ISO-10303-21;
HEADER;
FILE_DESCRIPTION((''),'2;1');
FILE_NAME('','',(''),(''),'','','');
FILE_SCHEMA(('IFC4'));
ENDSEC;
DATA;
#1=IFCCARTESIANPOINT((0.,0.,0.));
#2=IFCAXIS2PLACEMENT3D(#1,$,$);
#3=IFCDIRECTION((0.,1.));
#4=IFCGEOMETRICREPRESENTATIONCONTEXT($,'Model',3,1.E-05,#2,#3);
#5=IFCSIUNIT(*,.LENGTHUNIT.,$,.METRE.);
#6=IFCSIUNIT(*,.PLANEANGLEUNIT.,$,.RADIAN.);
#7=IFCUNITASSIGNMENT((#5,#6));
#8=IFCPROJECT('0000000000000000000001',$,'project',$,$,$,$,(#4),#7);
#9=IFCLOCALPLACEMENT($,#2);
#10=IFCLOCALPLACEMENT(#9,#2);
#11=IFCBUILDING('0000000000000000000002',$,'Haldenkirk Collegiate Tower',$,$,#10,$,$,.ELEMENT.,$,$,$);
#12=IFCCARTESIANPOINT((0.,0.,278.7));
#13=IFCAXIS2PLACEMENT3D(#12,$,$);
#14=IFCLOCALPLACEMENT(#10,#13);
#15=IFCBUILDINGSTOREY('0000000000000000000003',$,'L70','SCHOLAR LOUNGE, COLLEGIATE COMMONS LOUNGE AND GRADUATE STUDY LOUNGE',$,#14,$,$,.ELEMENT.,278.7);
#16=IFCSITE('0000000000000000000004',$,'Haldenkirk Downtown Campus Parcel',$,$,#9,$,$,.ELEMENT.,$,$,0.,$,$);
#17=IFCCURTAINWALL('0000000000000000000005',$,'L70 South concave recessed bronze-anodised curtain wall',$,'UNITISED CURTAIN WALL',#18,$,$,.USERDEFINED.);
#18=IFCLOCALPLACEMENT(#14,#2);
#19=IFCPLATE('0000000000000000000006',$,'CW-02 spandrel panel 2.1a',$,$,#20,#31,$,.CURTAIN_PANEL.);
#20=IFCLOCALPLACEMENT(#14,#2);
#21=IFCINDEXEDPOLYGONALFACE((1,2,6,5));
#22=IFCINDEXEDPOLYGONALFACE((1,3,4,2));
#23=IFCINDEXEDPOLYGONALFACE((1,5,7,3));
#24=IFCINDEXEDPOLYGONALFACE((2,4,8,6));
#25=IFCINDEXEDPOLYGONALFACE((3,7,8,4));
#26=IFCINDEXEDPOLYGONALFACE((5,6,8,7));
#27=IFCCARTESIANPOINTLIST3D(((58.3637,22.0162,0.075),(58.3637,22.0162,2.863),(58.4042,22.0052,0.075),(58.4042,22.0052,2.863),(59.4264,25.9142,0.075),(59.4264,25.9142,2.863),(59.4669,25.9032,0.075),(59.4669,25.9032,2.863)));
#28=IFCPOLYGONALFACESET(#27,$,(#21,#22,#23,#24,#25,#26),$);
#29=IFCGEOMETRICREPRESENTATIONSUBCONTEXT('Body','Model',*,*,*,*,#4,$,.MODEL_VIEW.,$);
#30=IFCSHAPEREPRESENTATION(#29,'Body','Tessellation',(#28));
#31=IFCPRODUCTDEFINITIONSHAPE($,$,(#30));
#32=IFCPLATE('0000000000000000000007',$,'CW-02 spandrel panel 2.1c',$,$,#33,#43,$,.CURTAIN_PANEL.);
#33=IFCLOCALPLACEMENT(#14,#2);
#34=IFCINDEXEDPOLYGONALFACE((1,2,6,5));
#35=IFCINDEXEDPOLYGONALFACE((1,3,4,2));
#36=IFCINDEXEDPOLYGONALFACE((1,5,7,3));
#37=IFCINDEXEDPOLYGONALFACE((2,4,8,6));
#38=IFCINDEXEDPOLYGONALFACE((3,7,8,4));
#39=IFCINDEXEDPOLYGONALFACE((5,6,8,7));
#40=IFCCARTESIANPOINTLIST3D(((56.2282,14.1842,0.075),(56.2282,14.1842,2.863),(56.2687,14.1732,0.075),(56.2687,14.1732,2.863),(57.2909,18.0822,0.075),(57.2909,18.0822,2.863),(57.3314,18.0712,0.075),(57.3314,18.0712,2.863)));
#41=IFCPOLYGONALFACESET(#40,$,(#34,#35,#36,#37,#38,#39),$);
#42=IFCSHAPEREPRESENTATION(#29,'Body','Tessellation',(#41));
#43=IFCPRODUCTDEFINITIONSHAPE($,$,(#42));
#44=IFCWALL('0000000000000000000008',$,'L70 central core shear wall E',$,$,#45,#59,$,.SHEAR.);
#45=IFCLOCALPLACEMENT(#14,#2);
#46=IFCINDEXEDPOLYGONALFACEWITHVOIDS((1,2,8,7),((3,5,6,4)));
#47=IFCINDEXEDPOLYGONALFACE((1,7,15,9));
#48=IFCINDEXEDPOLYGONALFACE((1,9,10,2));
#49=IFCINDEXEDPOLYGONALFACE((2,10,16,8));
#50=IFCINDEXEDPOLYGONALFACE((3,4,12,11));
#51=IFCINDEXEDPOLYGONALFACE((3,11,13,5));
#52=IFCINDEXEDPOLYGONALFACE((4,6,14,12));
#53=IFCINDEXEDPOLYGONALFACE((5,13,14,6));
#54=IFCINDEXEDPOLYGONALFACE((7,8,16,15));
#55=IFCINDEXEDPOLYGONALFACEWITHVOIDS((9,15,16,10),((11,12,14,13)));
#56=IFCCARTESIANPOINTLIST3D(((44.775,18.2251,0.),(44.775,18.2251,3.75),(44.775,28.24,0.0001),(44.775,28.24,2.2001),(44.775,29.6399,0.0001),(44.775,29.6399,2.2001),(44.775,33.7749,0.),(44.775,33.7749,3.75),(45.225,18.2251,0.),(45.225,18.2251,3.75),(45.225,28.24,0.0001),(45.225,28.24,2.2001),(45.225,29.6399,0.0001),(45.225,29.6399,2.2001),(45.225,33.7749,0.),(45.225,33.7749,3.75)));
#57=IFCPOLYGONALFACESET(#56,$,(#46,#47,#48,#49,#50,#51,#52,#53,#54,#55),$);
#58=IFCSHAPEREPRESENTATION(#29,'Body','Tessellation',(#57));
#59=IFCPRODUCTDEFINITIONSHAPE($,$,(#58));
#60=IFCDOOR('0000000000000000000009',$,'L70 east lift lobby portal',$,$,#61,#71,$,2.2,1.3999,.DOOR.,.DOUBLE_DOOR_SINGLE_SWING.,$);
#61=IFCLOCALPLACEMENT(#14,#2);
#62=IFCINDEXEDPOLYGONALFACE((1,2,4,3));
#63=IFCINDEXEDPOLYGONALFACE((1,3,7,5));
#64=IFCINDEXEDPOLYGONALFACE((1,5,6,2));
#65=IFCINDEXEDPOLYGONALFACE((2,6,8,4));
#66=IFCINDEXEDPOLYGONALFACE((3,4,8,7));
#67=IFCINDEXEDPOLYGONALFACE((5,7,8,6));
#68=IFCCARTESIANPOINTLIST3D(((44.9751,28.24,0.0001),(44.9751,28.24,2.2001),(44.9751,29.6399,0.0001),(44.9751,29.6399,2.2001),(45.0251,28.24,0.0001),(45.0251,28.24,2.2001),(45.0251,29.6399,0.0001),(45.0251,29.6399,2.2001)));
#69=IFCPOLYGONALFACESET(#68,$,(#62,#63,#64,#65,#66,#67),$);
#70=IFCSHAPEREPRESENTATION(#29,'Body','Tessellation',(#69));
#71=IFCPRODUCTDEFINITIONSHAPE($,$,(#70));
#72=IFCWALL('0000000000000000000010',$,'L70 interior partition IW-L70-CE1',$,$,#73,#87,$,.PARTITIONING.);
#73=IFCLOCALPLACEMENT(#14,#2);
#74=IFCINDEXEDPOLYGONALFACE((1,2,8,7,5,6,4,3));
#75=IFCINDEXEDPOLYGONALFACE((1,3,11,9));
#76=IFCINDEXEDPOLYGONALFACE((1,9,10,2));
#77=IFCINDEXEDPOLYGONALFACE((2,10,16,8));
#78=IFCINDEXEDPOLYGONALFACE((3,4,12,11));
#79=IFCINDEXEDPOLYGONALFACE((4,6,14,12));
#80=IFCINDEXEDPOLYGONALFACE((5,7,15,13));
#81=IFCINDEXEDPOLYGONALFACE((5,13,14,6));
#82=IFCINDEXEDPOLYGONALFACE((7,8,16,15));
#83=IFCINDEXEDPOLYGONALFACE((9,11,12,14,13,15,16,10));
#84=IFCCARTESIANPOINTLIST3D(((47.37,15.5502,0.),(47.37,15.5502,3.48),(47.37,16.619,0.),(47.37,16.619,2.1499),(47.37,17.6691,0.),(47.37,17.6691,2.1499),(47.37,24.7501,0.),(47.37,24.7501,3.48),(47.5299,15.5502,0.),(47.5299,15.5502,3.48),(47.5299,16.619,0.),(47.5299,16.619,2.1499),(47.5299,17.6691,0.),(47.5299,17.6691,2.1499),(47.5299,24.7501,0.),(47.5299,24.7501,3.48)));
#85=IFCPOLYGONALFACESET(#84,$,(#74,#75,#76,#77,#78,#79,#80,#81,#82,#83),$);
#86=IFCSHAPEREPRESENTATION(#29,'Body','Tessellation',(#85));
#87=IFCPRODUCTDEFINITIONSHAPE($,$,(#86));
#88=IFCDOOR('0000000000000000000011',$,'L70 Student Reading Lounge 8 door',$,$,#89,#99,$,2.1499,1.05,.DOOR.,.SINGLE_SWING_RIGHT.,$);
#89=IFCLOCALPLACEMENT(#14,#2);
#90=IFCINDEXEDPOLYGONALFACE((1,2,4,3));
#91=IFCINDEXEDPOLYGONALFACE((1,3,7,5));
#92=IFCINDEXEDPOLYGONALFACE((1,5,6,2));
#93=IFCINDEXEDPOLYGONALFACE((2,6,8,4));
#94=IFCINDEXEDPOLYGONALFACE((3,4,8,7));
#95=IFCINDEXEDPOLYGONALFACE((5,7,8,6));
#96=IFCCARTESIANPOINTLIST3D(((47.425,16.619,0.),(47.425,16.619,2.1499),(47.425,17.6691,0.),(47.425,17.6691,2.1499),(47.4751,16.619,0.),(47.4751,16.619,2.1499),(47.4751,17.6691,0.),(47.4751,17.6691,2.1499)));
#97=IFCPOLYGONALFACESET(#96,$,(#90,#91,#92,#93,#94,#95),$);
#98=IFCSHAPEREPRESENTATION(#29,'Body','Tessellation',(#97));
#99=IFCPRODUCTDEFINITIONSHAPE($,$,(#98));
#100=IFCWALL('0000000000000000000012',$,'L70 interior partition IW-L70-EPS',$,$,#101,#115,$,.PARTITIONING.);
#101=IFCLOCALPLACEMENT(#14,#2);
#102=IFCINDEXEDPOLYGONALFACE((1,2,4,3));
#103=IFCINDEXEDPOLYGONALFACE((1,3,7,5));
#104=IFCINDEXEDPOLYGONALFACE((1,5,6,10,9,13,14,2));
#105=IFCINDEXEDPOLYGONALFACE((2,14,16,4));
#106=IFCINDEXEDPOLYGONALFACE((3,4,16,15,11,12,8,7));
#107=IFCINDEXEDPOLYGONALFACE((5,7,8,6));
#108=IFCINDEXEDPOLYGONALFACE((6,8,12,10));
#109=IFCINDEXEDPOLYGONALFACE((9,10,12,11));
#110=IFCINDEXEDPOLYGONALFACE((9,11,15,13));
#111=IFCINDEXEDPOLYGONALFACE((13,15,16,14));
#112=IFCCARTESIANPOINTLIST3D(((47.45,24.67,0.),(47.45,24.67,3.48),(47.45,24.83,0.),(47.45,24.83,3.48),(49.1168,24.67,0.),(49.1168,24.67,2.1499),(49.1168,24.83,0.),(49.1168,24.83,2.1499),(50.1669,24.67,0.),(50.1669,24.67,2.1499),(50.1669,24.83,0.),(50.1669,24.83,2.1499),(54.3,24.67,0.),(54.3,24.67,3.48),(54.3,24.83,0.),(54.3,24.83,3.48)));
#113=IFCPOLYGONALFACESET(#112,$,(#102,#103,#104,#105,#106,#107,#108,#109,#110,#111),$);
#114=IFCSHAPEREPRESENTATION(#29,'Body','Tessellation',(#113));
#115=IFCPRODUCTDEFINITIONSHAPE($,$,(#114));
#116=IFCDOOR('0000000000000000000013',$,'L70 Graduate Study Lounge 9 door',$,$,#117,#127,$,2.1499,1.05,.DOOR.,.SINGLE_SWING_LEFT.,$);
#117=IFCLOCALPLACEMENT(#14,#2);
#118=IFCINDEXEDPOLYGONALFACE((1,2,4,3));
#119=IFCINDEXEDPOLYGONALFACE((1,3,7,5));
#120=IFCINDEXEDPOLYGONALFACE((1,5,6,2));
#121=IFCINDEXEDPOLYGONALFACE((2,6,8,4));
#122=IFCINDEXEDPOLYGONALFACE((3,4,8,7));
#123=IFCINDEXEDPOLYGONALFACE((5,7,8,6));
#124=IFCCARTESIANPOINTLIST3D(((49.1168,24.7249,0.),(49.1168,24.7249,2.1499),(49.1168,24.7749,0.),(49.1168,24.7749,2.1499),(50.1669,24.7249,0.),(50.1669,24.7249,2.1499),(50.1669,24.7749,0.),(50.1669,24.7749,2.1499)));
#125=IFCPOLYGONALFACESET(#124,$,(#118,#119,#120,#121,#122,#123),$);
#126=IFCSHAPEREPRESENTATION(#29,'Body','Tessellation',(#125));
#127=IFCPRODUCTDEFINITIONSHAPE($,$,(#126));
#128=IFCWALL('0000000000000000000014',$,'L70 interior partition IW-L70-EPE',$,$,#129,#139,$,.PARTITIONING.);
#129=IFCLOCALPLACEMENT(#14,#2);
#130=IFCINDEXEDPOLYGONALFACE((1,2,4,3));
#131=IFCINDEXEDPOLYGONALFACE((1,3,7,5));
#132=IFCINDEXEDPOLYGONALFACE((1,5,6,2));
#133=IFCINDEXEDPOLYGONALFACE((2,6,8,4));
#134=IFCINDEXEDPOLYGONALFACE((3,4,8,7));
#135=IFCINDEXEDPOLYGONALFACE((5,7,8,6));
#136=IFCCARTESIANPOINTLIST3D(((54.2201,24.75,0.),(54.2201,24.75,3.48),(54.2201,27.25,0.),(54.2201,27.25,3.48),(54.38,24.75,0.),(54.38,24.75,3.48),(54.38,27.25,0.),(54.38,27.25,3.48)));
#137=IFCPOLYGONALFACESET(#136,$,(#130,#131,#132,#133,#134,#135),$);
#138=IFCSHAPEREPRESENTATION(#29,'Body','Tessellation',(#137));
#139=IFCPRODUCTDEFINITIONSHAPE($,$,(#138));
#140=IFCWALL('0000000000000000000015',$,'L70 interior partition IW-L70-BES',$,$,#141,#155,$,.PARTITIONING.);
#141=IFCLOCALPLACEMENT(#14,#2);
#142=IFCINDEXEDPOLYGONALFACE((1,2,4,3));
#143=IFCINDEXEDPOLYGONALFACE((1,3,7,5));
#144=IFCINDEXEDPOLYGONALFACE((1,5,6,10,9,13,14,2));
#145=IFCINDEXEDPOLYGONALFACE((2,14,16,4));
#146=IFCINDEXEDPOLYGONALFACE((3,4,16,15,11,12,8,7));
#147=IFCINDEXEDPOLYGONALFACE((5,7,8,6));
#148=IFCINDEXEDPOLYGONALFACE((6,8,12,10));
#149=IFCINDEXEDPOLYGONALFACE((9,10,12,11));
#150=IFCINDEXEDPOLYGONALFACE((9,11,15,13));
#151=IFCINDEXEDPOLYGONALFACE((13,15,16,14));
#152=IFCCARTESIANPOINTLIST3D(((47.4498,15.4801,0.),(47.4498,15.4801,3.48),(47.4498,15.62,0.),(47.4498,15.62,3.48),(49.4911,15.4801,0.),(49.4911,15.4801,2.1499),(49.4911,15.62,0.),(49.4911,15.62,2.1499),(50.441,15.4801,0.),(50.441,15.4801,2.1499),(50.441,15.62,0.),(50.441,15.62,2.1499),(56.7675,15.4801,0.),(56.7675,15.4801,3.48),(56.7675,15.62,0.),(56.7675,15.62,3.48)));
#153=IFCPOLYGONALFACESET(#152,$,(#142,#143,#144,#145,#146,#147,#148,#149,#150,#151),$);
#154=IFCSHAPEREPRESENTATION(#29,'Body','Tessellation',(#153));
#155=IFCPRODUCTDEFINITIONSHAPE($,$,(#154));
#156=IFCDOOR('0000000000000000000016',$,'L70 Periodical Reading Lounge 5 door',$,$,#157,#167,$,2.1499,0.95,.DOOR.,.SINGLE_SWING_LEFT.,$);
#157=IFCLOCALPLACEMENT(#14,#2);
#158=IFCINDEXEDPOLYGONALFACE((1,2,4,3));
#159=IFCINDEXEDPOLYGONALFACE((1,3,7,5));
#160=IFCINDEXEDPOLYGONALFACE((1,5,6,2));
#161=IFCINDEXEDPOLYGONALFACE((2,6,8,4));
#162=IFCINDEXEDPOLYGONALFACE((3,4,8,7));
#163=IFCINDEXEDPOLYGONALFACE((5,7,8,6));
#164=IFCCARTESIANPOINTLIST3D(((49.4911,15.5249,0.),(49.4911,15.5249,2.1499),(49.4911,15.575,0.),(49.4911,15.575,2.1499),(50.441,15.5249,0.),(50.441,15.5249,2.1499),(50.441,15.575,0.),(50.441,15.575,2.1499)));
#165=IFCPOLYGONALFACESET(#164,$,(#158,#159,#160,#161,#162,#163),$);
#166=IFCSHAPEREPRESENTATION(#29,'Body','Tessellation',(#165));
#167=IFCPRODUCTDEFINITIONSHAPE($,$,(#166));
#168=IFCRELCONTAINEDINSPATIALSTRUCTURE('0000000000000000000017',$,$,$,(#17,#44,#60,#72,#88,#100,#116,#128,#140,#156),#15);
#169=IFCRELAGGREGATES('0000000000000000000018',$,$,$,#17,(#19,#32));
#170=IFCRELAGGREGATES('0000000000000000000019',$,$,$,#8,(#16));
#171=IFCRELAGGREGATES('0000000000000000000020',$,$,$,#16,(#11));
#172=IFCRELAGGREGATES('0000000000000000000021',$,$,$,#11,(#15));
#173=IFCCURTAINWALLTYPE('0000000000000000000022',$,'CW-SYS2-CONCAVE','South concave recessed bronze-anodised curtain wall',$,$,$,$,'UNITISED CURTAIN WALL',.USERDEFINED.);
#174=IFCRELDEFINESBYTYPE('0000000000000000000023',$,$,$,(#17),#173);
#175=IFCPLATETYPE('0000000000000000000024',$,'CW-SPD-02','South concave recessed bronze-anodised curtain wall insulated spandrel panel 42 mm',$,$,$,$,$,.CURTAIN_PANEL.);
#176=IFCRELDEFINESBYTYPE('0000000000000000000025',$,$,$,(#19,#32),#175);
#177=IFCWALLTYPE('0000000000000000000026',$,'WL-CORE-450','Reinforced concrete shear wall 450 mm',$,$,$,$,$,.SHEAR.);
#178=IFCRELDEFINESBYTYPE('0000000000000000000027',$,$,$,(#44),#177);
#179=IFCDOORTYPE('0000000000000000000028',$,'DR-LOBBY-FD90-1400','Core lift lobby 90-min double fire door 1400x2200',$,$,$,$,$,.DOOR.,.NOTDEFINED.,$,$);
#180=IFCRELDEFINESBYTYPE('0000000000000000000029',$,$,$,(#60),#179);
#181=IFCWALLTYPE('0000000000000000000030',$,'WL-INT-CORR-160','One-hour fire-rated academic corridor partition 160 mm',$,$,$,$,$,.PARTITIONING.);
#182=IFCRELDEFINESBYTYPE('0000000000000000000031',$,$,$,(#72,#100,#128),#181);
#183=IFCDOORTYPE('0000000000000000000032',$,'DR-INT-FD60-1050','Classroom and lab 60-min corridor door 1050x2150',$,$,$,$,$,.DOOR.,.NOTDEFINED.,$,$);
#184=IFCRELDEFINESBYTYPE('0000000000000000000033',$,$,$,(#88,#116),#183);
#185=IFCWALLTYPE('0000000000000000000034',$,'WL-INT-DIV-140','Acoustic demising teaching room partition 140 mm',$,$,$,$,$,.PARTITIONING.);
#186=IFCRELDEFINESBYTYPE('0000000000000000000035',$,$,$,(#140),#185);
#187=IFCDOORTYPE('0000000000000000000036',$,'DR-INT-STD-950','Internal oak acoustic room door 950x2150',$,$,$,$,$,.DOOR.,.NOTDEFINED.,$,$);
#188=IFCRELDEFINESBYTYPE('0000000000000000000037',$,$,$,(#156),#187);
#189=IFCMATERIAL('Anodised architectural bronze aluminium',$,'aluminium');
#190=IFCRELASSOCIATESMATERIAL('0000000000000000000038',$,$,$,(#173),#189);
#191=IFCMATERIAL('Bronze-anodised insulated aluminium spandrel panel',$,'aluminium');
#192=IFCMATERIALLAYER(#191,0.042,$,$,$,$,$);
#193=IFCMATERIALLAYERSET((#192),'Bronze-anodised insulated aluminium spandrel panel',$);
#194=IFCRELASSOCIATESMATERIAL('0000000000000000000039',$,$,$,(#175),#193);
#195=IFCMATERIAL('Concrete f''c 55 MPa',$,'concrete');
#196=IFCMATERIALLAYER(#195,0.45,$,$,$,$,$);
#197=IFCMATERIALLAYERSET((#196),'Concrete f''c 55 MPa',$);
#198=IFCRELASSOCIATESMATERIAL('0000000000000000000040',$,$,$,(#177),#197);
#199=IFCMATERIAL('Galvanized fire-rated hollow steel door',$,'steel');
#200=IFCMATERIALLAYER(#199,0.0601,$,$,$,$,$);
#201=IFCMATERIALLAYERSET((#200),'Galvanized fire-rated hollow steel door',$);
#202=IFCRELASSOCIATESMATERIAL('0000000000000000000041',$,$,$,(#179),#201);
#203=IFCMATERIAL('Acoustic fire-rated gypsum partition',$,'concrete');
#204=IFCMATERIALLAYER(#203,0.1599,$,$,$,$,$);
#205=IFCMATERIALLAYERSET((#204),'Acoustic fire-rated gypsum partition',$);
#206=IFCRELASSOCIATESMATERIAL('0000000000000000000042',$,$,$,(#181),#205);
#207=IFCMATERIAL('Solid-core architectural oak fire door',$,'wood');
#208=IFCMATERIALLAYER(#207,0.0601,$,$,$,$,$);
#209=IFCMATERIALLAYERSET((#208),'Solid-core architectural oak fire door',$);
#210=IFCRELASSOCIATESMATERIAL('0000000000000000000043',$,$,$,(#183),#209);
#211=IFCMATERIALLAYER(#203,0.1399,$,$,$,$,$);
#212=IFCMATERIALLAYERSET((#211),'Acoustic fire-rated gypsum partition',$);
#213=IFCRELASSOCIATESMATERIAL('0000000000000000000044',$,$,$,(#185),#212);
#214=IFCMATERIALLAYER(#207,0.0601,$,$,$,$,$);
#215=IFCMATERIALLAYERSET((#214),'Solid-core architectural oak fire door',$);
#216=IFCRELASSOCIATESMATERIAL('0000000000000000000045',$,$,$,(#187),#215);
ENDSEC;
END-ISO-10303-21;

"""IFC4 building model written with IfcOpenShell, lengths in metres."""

from ifc_helpers import new_model, si_unit, direction, frame, frame_2d, origin, origin_2d, place, context, subcontext, project, spatial, rectangle, extrude, source, transform, mapped, material, layer, layer_set, type_object, element, fill, aggregate, save


model = new_model("IFC4")

# Units and contexts
model_context = context("Model", 3, precision=1e-05, world=origin(), true_north=direction((0.0, 1.0)))
body_context = subcontext(model_context, "Body", "Model", "MODEL_VIEW")
ifc_project = project(units=[si_unit("LENGTHUNIT", "METRE"), si_unit("PLANEANGLEUNIT", "RADIAN")], contexts=[model_context])

# Site, building, storey
site_placement = place(None, origin())
site = spatial("IfcSite", under=ifc_project, at=site_placement, Name="Haldenkirk Downtown Campus Parcel", CompositionType="ELEMENT", RefElevation=0.0)
building_placement = place(site_placement, origin())
building = spatial("IfcBuilding", under=site, at=building_placement, Name="Haldenkirk Collegiate Tower", CompositionType="ELEMENT")
storey_placement = place(building_placement, frame((0.0, 0.0, 278.7)))
storey = spatial("IfcBuildingStorey", under=building, at=storey_placement, Name="L70", Description="SCHOLAR LOUNGE, COLLEGIATE COMMONS LOUNGE AND GRADUATE STUDY LOUNGE", CompositionType="ELEMENT", Elevation=278.7)

# Curtain wall
ifc_material_1 = material(Name="Anodised architectural bronze aluminium", Category="aluminium")
curtain_wall_type = type_object("IfcCurtainWallType", Name="CW-SYS2-CONCAVE", Description="South concave recessed bronze-anodised curtain wall", ElementType="UNITISED CURTAIN WALL", PredefinedType="USERDEFINED", material=ifc_material_1)
curtain_wall_placement = place(storey_placement, origin())
curtain_wall = element("IfcCurtainWall", 1, at=curtain_wall_placement, inside=storey, type_object=curtain_wall_type, Name="L70 South concave recessed bronze-anodised curtain wall", ObjectType="UNITISED CURTAIN WALL", PredefinedType="USERDEFINED")

# Plates
ifc_material_2 = material(Name="Bronze-anodised insulated aluminium spandrel panel", Category="aluminium")
ifc_layer_1 = layer(ifc_material_2, 0.042)
ifc_layer_set_1 = layer_set([ifc_layer_1], Name="Bronze-anodised insulated aluminium spandrel panel")
plate_type = type_object("IfcPlateType", Name="CW-SPD-02", Description="South concave recessed bronze-anodised curtain wall insulated spandrel panel 42 mm", PredefinedType="CURTAIN_PANEL", material=ifc_layer_set_1)
shared_shape_1 = source(origin(), body_context, "Body", "SweptSolid", [
    extrude(rectangle(XDim=4.0403, YDim=0.042, at=origin_2d()), origin(), (0.0, 0.0, 1.0), 2.7881),
])
plate_1_placement = place(storey_placement, frame((58.9153, 23.9597, 0.075), z_axis=(0.0, 0.0, 1.0), x_axis=(-0.263033, -0.964787, 0.0)))
plate_1 = element("IfcPlate", 2, at=plate_1_placement, type_object=plate_type, Name="CW-02 spandrel panel 2.1a", PredefinedType="CURTAIN_PANEL", context=body_context, shape_type="MappedRepresentation", body=[
    mapped(shared_shape_1, transform((0.0, 0.0, 0.0), x_axis=(1.0, 0.0, 0.0), y_axis=(0.0, 1.0, 0.0), z_axis=(0.0, 0.0, 1.0), scale=1.0)),
])
plate_2_placement = place(storey_placement, frame((56.7798, 16.1277, 0.075), z_axis=(0.0, 0.0, 1.0), x_axis=(-0.263033, -0.964787, 0.0)))
plate_2 = element("IfcPlate", 3, at=plate_2_placement, type_object=plate_type, Name="CW-02 spandrel panel 2.1c", PredefinedType="CURTAIN_PANEL", context=body_context, shape_type="MappedRepresentation", body=[
    mapped(shared_shape_1, transform((0.0, 0.0, 0.0), x_axis=(1.0, 0.0, 0.0), y_axis=(0.0, 1.0, 0.0), z_axis=(0.0, 0.0, 1.0), scale=1.0)),
])
aggregate(curtain_wall, [plate_1, plate_2])

# Walls, openings, doors
ifc_material_3 = material(Name="Concrete f'c 55 MPa", Category="concrete")
ifc_layer_2 = layer(ifc_material_3, 0.45)
ifc_layer_set_2 = layer_set([ifc_layer_2], Name="Concrete f'c 55 MPa")
wall_type_1 = type_object("IfcWallType", Name="WL-CORE-450", Description="Reinforced concrete shear wall 450 mm", PredefinedType="SHEAR", material=ifc_layer_set_2)
wall_1_placement = place(storey_placement, frame((45.0, 18.2251, 0.0), z_axis=(0.0, 0.0, 1.0), x_axis=(0.0, 1.0, 0.0)))
wall_1 = element("IfcWall", 4, at=wall_1_placement, inside=storey, type_object=wall_type_1, Name="L70 central core shear wall E", PredefinedType="SHEAR", context=body_context, shape_type="SweptSolid", body=[
    extrude(rectangle(XDim=15.5498, YDim=0.45, at=frame_2d((7.7749, 0.0))), origin(), (0.0, 0.0, 1.0), 3.75),
])
opening_1_placement = place(wall_1_placement, frame((10.0149, 0.0, 0.0)))
opening_1 = element("IfcOpeningElement", 5, at=opening_1_placement, cuts=wall_1, PredefinedType="OPENING", context=body_context, shape_type="SweptSolid", body=[
    extrude(rectangle(XDim=1.3999, YDim=2.2, at=frame_2d((0.7, 1.1001))), frame((0.0, 0.2349, 0.0), z_axis=(0.0, -1.0, 0.0), x_axis=(1.0, 0.0, 0.0)), (0.0, 0.0, 1.0), 0.47),
])
ifc_material_4 = material(Name="Galvanized fire-rated hollow steel door", Category="steel")
ifc_layer_3 = layer(ifc_material_4, 0.0601)
ifc_layer_set_3 = layer_set([ifc_layer_3], Name="Galvanized fire-rated hollow steel door")
door_type_1 = type_object("IfcDoorType", Name="DR-LOBBY-FD90-1400", Description="Core lift lobby 90-min double fire door 1400x2200", OperationType="NOTDEFINED", PredefinedType="DOOR", material=ifc_layer_set_3)
door_1_placement = place(opening_1_placement, origin())
door_1 = element("IfcDoor", 6, at=door_1_placement, inside=storey, type_object=door_type_1, Name="L70 east lift lobby portal", OperationType="DOUBLE_DOOR_SINGLE_SWING", OverallHeight=2.2, OverallWidth=1.3999, PredefinedType="DOOR", context=body_context, shape_type="SweptSolid", body=[
    extrude(rectangle(XDim=1.3999, YDim=2.2, at=frame_2d((0.7, 1.1001))), frame((0.0, 0.0249, 0.0), z_axis=(0.0, -1.0, 0.0), x_axis=(1.0, 0.0, 0.0)), (0.0, 0.0, 1.0), 0.05),
])
fill(opening_1, door_1)
ifc_material_5 = material(Name="Acoustic fire-rated gypsum partition", Category="concrete")
ifc_layer_4 = layer(ifc_material_5, 0.1599)
ifc_layer_set_4 = layer_set([ifc_layer_4], Name="Acoustic fire-rated gypsum partition")
wall_type_2 = type_object("IfcWallType", Name="WL-INT-CORR-160", Description="One-hour fire-rated academic corridor partition 160 mm", PredefinedType="PARTITIONING", material=ifc_layer_set_4)
wall_2_placement = place(storey_placement, frame((47.45, 15.55, 0.0), z_axis=(0.0, 0.0, 1.0), x_axis=(0.0, 1.0, 0.0)))
wall_2 = element("IfcWall", 7, at=wall_2_placement, inside=storey, type_object=wall_type_2, Name="L70 interior partition IW-L70-CE1", PredefinedType="PARTITIONING", context=body_context, shape_type="SweptSolid", body=[
    extrude(rectangle(XDim=9.2, YDim=0.1599, at=frame_2d((4.6001, 0.0))), origin(), (0.0, 0.0, 1.0), 3.48),
])
opening_2_placement = place(wall_2_placement, frame((1.0691, 0.0, 0.0)))
opening_2 = element("IfcOpeningElement", 8, at=opening_2_placement, cuts=wall_2, PredefinedType="OPENING", context=body_context, shape_type="SweptSolid", body=[
    extrude(rectangle(XDim=1.05, YDim=2.1499, at=frame_2d((0.5249, 1.075))), frame((0.0, 0.0898, 0.0), z_axis=(0.0, -1.0, 0.0), x_axis=(1.0, 0.0, 0.0)), (0.0, 0.0, 1.0), 0.1799),
])
ifc_material_6 = material(Name="Solid-core architectural oak fire door", Category="wood")
ifc_layer_5 = layer(ifc_material_6, 0.0601)
ifc_layer_set_5 = layer_set([ifc_layer_5], Name="Solid-core architectural oak fire door")
door_type_2 = type_object("IfcDoorType", Name="DR-INT-FD60-1050", Description="Classroom and lab 60-min corridor door 1050x2150", OperationType="NOTDEFINED", PredefinedType="DOOR", material=ifc_layer_set_5)
door_2_placement = place(opening_2_placement, origin())
door_2 = element("IfcDoor", 9, at=door_2_placement, inside=storey, type_object=door_type_2, Name="L70 Student Reading Lounge 8 door", OperationType="SINGLE_SWING_RIGHT", OverallHeight=2.1499, OverallWidth=1.05, PredefinedType="DOOR", context=body_context, shape_type="SweptSolid", body=[
    extrude(rectangle(XDim=1.05, YDim=2.1499, at=frame_2d((0.5249, 1.075))), frame((0.0, 0.0249, 0.0), z_axis=(0.0, -1.0, 0.0), x_axis=(1.0, 0.0, 0.0)), (0.0, 0.0, 1.0), 0.05),
])
fill(opening_2, door_2)
wall_3_placement = place(storey_placement, frame((47.45, 24.75, 0.0), z_axis=(0.0, 0.0, 1.0), x_axis=(1.0, 0.0, 0.0)))
wall_3 = element("IfcWall", 10, at=wall_3_placement, inside=storey, type_object=wall_type_2, Name="L70 interior partition IW-L70-EPS", PredefinedType="PARTITIONING", context=body_context, shape_type="SweptSolid", body=[
    extrude(rectangle(XDim=6.8501, YDim=0.1599, at=frame_2d((3.425, 0.0))), origin(), (0.0, 0.0, 1.0), 3.48),
])
opening_3_placement = place(wall_3_placement, frame((1.667, 0.0, 0.0)))
opening_3 = element("IfcOpeningElement", 11, at=opening_3_placement, cuts=wall_3, PredefinedType="OPENING", context=body_context, shape_type="SweptSolid", body=[
    extrude(rectangle(XDim=1.05, YDim=2.1499, at=frame_2d((0.5249, 1.075))), frame((0.0, 0.0898, 0.0), z_axis=(0.0, -1.0, 0.0), x_axis=(1.0, 0.0, 0.0)), (0.0, 0.0, 1.0), 0.1799),
])
door_3_placement = place(opening_3_placement, origin())
door_3 = element("IfcDoor", 12, at=door_3_placement, inside=storey, type_object=door_type_2, Name="L70 Graduate Study Lounge 9 door", OperationType="SINGLE_SWING_LEFT", OverallHeight=2.1499, OverallWidth=1.05, PredefinedType="DOOR", context=body_context, shape_type="SweptSolid", body=[
    extrude(rectangle(XDim=1.05, YDim=2.1499, at=frame_2d((0.5249, 1.075))), frame((0.0, 0.0249, 0.0), z_axis=(0.0, -1.0, 0.0), x_axis=(1.0, 0.0, 0.0)), (0.0, 0.0, 1.0), 0.05),
])
fill(opening_3, door_3)

# Wall
wall_4_placement = place(storey_placement, frame((54.3, 24.75, 0.0), z_axis=(0.0, 0.0, 1.0), x_axis=(0.0, 1.0, 0.0)))
element("IfcWall", 13, at=wall_4_placement, inside=storey, type_object=wall_type_2, Name="L70 interior partition IW-L70-EPE", PredefinedType="PARTITIONING", context=body_context, shape_type="SweptSolid", body=[
    extrude(rectangle(XDim=2.5, YDim=0.1599, at=frame_2d((1.25, 0.0))), origin(), (0.0, 0.0, 1.0), 3.48),
])

# Wall, opening, door
ifc_layer_6 = layer(ifc_material_5, 0.1399)
ifc_layer_set_6 = layer_set([ifc_layer_6], Name="Acoustic fire-rated gypsum partition")
wall_type_3 = type_object("IfcWallType", Name="WL-INT-DIV-140", Description="Acoustic demising teaching room partition 140 mm", PredefinedType="PARTITIONING", material=ifc_layer_set_6)
wall_5_placement = place(storey_placement, frame((47.45, 15.55, 0.0), z_axis=(0.0, 0.0, 1.0), x_axis=(1.0, 0.0, 0.0)))
wall_5 = element("IfcWall", 14, at=wall_5_placement, inside=storey, type_object=wall_type_3, Name="L70 interior partition IW-L70-BES", PredefinedType="PARTITIONING", context=body_context, shape_type="SweptSolid", body=[
    extrude(rectangle(XDim=9.3176, YDim=0.1399, at=frame_2d((4.6587, 0.0))), origin(), (0.0, 0.0, 1.0), 3.48),
])
opening_4_placement = place(wall_5_placement, frame((2.041, 0.0, 0.0)))
opening_4 = element("IfcOpeningElement", 15, at=opening_4_placement, cuts=wall_5, PredefinedType="OPENING", context=body_context, shape_type="SweptSolid", body=[
    extrude(rectangle(XDim=0.95, YDim=2.1499, at=frame_2d((0.4751, 1.075))), frame((0.0, 0.0798, 0.0), z_axis=(0.0, -1.0, 0.0), x_axis=(1.0, 0.0, 0.0)), (0.0, 0.0, 1.0), 0.1599),
])
ifc_layer_7 = layer(ifc_material_6, 0.0601)
ifc_layer_set_7 = layer_set([ifc_layer_7], Name="Solid-core architectural oak fire door")
door_type_3 = type_object("IfcDoorType", Name="DR-INT-STD-950", Description="Internal oak acoustic room door 950x2150", OperationType="NOTDEFINED", PredefinedType="DOOR", material=ifc_layer_set_7)
door_4_placement = place(opening_4_placement, origin())
door_4 = element("IfcDoor", 16, at=door_4_placement, inside=storey, type_object=door_type_3, Name="L70 Periodical Reading Lounge 5 door", OperationType="SINGLE_SWING_LEFT", OverallHeight=2.1499, OverallWidth=0.95, PredefinedType="DOOR", context=body_context, shape_type="SweptSolid", body=[
    extrude(rectangle(XDim=0.95, YDim=2.1499, at=frame_2d((0.4751, 1.075))), frame((0.0, 0.0249, 0.0), z_axis=(0.0, -1.0, 0.0), x_axis=(1.0, 0.0, 0.0)), (0.0, 0.0, 1.0), 0.05),
])
fill(opening_4, door_4)

save(model, "model.ifc")
